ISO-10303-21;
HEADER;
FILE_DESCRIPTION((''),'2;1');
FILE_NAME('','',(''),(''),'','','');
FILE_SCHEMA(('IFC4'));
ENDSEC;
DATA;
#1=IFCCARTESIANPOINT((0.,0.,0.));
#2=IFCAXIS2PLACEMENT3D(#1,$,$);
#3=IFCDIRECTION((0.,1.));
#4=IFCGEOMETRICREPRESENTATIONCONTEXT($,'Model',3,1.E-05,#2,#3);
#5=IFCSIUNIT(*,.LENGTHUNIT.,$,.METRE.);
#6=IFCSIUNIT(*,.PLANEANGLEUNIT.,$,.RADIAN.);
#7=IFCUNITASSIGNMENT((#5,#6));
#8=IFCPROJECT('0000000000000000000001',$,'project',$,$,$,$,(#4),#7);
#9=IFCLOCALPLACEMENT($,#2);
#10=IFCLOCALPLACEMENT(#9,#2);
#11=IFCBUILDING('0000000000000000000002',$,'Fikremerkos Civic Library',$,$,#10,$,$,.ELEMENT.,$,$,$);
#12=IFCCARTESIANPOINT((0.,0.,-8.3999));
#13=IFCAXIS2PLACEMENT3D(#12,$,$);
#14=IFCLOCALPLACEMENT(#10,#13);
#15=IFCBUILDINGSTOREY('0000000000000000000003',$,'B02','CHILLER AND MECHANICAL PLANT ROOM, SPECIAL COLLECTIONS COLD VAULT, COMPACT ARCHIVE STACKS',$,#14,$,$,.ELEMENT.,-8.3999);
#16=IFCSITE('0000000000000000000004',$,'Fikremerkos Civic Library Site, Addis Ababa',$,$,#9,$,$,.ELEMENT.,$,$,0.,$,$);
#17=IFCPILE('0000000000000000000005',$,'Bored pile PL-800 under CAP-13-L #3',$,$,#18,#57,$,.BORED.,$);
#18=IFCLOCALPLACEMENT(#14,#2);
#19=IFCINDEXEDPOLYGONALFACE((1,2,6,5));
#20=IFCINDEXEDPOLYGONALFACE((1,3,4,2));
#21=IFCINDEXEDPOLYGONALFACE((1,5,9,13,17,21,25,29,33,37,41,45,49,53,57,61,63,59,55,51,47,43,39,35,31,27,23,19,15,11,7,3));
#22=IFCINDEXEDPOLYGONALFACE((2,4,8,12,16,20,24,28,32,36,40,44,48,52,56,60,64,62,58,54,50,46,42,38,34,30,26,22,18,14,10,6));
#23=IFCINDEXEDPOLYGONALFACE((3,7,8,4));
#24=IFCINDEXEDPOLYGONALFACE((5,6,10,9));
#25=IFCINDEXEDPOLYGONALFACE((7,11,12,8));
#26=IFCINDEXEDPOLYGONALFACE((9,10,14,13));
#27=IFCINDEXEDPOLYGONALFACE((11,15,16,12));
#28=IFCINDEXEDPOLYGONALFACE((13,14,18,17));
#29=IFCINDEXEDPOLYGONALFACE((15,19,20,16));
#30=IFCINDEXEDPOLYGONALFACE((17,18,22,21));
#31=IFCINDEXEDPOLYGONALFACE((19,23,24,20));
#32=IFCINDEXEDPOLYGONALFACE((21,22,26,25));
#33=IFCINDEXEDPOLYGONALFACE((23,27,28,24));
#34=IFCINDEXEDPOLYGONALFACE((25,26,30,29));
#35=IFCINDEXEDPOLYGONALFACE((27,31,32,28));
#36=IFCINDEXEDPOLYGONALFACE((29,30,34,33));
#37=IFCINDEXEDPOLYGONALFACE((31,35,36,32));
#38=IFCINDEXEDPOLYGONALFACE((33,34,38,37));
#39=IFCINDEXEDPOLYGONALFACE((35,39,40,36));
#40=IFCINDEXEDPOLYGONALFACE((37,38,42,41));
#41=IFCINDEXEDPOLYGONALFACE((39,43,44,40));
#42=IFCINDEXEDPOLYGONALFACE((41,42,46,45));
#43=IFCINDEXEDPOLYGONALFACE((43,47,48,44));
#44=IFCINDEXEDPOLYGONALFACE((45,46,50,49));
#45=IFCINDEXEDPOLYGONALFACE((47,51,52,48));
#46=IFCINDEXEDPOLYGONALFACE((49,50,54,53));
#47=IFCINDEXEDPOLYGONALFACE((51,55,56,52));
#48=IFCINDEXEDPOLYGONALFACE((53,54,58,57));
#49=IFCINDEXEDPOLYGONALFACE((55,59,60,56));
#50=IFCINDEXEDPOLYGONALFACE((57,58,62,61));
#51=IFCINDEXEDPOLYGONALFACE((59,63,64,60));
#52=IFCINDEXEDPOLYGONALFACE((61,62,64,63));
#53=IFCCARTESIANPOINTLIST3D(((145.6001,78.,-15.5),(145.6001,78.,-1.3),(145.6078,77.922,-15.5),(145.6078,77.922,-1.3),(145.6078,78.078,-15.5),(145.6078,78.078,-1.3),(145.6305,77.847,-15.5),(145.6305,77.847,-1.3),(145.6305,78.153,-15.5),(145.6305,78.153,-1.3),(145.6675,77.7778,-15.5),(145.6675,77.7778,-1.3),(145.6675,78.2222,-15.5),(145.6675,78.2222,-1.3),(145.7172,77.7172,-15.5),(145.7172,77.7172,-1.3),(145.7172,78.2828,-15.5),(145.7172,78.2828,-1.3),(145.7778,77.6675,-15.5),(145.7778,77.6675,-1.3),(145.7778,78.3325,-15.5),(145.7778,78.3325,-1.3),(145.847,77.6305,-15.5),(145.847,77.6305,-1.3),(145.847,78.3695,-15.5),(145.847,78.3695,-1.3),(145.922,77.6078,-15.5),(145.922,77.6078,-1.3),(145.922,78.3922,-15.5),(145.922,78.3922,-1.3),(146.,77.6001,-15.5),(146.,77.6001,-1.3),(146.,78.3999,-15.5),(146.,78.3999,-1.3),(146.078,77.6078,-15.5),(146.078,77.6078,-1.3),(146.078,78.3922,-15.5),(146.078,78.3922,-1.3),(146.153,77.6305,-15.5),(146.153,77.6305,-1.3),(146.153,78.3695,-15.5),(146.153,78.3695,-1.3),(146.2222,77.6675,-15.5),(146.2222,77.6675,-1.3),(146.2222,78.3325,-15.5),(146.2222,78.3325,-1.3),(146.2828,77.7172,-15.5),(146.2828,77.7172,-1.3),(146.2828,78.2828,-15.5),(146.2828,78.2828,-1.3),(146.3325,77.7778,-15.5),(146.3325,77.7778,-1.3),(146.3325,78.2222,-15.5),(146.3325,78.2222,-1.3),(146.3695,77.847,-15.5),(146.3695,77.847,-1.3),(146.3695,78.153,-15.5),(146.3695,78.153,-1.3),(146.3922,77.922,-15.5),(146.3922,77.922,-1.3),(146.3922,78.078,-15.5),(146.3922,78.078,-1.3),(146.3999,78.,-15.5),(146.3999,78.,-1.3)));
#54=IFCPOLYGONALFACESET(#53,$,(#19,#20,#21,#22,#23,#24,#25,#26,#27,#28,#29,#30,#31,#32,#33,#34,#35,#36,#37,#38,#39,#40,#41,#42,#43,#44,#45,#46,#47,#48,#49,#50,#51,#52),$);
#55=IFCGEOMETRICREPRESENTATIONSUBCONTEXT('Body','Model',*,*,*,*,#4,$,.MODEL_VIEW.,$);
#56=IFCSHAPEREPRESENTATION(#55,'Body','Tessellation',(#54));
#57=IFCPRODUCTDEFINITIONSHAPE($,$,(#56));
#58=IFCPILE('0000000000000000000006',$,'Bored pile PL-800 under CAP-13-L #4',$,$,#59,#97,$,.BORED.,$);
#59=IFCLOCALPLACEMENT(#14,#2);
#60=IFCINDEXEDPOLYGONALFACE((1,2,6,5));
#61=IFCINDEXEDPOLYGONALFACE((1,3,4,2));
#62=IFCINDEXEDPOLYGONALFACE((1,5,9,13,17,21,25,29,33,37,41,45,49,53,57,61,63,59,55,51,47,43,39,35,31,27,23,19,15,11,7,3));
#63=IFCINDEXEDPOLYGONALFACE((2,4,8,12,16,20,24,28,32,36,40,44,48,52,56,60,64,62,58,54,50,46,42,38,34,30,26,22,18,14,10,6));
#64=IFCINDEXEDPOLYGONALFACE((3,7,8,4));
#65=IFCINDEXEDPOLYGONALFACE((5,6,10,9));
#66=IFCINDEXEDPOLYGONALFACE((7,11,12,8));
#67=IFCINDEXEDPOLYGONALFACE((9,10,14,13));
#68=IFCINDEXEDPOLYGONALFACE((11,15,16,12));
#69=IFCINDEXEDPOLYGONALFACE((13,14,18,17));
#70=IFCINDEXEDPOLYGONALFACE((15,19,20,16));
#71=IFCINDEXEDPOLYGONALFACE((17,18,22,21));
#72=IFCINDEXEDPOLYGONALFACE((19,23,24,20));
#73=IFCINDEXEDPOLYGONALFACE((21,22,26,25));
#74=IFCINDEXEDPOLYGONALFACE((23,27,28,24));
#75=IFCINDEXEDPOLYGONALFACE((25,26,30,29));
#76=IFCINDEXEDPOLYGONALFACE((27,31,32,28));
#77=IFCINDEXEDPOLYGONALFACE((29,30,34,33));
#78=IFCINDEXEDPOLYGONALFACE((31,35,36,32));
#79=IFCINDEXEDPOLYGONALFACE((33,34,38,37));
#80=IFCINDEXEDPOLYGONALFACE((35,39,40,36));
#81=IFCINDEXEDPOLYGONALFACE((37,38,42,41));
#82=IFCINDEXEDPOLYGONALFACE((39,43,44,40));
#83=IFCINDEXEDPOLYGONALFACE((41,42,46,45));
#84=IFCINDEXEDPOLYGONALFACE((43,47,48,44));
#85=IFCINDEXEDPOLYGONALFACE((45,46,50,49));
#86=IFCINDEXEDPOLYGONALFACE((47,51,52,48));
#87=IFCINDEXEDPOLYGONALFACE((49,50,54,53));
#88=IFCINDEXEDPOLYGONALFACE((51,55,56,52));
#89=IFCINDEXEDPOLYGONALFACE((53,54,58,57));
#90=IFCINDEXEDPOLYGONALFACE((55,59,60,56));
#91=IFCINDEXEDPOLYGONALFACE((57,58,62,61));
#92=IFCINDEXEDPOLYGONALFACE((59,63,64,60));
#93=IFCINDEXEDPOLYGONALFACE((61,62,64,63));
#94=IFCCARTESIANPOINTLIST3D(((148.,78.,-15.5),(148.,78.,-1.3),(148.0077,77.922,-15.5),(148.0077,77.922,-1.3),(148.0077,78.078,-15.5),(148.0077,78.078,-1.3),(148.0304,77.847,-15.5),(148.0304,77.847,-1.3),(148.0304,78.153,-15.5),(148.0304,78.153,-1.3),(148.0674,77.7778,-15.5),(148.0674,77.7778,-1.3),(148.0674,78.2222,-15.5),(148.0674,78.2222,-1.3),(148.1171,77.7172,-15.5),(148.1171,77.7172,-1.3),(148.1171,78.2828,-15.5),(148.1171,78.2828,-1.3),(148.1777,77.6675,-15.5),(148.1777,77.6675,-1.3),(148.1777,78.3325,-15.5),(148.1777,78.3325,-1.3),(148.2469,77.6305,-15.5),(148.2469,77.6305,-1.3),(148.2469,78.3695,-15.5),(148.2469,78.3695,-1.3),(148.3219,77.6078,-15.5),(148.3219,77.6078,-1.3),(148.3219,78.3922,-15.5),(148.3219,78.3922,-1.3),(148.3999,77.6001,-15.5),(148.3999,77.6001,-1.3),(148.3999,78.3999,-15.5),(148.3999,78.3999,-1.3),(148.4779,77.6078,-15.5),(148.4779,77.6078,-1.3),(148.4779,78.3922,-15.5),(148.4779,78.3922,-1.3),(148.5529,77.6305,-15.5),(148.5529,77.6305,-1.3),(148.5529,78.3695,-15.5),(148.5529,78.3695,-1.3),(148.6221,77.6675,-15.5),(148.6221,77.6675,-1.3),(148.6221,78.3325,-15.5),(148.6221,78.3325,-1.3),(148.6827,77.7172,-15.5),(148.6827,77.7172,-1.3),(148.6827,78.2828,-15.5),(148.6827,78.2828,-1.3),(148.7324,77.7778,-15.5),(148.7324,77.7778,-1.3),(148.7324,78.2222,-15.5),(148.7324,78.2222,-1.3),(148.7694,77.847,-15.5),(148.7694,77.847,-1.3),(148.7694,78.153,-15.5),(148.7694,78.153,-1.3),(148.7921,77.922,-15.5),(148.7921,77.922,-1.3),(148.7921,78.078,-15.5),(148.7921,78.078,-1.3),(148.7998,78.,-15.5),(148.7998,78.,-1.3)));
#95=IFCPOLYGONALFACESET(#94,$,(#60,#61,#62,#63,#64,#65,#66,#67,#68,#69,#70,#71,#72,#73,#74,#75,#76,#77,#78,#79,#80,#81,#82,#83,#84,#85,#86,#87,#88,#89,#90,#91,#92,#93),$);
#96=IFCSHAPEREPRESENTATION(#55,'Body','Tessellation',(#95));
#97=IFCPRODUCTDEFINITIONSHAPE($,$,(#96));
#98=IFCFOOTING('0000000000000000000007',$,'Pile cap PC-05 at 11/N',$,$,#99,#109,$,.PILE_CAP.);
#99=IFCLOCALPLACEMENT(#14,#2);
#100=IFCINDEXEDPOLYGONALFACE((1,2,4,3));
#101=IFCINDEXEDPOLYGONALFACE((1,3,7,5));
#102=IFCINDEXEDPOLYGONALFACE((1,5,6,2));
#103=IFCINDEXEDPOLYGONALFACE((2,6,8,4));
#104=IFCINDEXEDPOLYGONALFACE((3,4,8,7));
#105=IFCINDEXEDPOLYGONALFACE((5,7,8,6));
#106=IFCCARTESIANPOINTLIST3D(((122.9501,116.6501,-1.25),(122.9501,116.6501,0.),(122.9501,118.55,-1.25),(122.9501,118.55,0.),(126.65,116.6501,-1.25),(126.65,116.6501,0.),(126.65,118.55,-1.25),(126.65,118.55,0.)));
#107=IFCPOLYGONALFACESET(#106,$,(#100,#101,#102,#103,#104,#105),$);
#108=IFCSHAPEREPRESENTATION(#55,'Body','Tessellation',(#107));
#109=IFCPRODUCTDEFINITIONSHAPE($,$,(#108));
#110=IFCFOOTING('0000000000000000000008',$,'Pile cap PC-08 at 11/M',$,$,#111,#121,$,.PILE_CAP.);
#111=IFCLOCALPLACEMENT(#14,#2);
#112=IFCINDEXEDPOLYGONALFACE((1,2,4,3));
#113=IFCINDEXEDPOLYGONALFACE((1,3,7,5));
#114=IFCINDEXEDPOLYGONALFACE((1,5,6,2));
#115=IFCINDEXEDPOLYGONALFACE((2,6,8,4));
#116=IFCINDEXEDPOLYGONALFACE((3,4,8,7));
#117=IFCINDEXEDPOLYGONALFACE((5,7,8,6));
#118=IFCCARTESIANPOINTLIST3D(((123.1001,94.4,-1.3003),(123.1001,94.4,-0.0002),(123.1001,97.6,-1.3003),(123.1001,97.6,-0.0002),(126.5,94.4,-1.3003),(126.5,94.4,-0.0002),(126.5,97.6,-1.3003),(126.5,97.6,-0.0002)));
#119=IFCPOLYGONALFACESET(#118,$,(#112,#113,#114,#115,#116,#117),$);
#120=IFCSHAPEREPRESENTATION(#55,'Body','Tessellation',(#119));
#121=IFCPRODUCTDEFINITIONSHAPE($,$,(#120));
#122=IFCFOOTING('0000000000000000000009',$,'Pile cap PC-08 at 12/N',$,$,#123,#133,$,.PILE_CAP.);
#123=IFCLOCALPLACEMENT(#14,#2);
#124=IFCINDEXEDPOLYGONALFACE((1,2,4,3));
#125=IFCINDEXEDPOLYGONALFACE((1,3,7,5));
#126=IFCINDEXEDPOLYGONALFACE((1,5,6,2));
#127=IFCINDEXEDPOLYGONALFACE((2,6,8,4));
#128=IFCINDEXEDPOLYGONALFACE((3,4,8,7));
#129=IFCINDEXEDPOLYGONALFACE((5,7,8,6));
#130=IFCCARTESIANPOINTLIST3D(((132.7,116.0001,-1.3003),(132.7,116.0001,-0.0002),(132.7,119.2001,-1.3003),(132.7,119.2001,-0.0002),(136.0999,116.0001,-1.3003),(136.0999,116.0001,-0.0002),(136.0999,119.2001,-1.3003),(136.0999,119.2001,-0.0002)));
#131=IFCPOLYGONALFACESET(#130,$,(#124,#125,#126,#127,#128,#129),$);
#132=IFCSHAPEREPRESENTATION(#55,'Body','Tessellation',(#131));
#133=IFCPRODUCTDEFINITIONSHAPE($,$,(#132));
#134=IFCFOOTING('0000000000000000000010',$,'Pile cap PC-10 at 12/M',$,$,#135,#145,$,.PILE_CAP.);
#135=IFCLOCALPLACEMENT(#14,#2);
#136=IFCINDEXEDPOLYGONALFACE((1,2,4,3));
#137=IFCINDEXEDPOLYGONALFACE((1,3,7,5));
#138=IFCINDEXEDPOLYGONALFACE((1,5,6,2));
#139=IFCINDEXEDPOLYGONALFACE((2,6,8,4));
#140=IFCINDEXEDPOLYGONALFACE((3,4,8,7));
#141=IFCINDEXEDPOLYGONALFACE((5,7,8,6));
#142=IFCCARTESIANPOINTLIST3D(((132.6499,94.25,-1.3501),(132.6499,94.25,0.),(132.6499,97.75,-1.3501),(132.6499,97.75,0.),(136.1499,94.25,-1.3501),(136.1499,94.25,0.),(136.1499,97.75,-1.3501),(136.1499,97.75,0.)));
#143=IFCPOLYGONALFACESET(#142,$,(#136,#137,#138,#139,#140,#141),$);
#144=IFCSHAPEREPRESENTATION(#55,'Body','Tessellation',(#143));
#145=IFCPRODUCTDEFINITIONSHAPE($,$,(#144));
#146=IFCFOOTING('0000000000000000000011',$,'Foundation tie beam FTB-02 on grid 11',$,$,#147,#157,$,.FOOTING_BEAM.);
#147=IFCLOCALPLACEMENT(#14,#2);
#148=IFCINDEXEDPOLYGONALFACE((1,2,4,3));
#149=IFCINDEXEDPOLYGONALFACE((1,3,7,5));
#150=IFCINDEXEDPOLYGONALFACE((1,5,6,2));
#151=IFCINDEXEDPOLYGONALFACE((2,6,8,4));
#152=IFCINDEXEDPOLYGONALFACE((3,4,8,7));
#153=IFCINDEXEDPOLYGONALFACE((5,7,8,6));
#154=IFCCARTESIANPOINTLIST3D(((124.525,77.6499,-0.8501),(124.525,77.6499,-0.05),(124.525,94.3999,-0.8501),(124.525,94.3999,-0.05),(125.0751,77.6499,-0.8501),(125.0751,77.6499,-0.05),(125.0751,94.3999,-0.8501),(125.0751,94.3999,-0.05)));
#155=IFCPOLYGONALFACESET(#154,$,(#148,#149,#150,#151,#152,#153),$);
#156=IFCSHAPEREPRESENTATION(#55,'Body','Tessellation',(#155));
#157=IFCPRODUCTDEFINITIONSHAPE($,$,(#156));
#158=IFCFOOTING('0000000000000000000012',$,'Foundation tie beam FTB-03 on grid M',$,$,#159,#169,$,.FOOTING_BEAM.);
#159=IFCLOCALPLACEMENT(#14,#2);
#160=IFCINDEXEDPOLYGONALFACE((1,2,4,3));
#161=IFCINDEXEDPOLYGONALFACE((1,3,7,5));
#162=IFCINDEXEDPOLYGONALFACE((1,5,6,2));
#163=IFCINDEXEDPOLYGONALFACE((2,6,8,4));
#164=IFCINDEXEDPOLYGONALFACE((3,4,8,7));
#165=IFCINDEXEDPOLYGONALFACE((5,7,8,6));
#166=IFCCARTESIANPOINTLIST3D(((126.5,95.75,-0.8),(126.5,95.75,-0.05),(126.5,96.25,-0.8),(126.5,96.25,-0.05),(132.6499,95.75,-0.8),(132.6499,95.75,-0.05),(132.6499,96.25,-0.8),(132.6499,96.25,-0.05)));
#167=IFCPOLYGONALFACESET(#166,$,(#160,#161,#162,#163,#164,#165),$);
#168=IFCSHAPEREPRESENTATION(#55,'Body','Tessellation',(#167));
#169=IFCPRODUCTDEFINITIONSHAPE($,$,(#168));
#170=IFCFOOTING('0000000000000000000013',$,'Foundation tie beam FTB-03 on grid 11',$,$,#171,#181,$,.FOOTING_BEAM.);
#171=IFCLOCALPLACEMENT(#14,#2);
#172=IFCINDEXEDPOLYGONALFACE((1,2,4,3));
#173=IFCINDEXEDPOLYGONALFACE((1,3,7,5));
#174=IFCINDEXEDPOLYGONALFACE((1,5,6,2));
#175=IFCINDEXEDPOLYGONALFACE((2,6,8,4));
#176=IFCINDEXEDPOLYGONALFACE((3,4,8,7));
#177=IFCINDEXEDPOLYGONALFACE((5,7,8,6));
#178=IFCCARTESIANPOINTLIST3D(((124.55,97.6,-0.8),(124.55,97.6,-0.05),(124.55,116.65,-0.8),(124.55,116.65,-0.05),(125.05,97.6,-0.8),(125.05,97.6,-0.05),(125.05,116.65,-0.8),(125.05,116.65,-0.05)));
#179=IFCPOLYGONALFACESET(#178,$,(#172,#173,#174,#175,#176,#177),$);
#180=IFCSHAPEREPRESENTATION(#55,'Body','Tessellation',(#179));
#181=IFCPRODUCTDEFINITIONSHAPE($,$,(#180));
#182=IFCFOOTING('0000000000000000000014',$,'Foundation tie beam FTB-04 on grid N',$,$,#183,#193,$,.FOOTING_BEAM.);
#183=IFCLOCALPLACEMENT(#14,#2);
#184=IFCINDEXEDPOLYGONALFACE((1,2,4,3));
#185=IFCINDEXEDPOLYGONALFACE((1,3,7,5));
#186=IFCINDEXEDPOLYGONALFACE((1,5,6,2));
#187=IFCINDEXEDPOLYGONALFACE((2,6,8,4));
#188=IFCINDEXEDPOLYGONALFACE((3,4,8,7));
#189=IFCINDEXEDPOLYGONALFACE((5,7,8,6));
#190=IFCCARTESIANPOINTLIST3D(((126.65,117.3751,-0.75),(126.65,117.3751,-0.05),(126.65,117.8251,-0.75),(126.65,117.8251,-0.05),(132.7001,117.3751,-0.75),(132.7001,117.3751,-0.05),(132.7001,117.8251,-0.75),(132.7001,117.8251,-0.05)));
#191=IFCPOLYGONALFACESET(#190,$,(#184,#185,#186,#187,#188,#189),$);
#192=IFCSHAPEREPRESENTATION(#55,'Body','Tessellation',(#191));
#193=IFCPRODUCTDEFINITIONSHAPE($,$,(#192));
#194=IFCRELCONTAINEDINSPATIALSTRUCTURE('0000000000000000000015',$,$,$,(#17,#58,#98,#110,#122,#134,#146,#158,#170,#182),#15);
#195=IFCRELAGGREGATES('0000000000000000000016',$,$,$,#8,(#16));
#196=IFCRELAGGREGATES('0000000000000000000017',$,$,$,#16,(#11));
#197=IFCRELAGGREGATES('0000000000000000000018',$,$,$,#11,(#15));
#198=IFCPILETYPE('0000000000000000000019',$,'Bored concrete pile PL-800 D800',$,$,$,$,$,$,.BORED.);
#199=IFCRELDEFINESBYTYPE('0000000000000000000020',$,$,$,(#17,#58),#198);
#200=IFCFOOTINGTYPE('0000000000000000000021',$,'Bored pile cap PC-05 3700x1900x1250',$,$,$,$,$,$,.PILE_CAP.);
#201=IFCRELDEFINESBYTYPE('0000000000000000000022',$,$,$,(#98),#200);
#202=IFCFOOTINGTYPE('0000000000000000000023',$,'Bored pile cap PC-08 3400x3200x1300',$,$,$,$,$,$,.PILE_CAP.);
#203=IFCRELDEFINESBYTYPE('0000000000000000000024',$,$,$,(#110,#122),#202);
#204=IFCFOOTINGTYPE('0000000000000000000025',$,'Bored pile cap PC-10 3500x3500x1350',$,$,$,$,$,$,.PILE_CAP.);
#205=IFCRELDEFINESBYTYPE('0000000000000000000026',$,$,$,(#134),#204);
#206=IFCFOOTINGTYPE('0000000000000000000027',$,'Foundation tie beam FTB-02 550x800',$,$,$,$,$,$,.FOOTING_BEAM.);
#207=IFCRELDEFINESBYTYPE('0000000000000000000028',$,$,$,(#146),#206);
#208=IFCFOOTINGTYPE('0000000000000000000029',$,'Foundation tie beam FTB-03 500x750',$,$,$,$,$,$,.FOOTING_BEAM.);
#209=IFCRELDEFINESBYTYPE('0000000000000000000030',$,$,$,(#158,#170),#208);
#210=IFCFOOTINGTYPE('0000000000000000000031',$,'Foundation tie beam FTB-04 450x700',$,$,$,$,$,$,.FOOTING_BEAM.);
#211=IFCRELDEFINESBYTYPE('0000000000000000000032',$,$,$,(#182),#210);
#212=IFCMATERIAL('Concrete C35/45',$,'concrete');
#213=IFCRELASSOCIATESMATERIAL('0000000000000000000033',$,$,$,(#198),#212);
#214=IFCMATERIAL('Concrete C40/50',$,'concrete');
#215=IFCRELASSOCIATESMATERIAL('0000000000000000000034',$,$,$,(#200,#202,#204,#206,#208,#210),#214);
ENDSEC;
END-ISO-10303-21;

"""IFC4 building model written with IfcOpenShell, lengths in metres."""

from ifc_helpers import new_model, si_unit, direction, frame, origin, origin_2d, place, context, subcontext, project, spatial, rectangle, circle, extrude, material, material_profile, profile_set, type_object, element, save


model = new_model("IFC4")

# Units and contexts
model_context = context("Model", 3, precision=1e-05, world=origin(), true_north=direction((0.0, 1.0)))
body_context = subcontext(model_context, "Body", "Model", "MODEL_VIEW")
ifc_project = project(units=[si_unit("LENGTHUNIT", "METRE"), si_unit("PLANEANGLEUNIT", "RADIAN")], contexts=[model_context])

# Site, building, storey
site_placement = place(None, origin())
site = spatial("IfcSite", under=ifc_project, at=site_placement, Name="Fikremerkos Civic Library Site, Addis Ababa", CompositionType="ELEMENT", RefElevation=0.0)
building_placement = place(site_placement, origin())
building = spatial("IfcBuilding", under=site, at=building_placement, Name="Fikremerkos Civic Library", CompositionType="ELEMENT")
storey_placement = place(building_placement, frame((0.0, 0.0, -8.3999)))
storey = spatial("IfcBuildingStorey", under=building, at=storey_placement, Name="B02", Description="CHILLER AND MECHANICAL PLANT ROOM, SPECIAL COLLECTIONS COLD VAULT, COMPACT ARCHIVE STACKS", CompositionType="ELEMENT", Elevation=-8.3999)

# Piles
ifc_material_1 = material(Name="Concrete C35/45", Category="concrete")
ifc_material_profile_1 = material_profile(ifc_material_1, circle(Radius=0.3999, at=origin_2d()), Name="BORED PILE 800")
ifc_profile_set_1 = profile_set([ifc_material_profile_1], Name="Concrete C35/45")
pile_type_1 = type_object("IfcPileType", Name="Bored concrete pile PL-800 D800", PredefinedType="BORED", material=ifc_profile_set_1)
for number, where, z_axis, x_axis, name in (
    (1, (146.0, 78.0, -1.3), (0.0, 0.0, -1.0), (1.0, 0.0, 0.0), "Bored pile PL-800 under CAP-13-L #3"),
    (2, (148.3999, 78.0, -1.3), (0.0, 0.0, -1.0), (1.0, 0.0, 0.0), "Bored pile PL-800 under CAP-13-L #4"),
):
    element("IfcPile", number, at=place(storey_placement, frame(where, z_axis=z_axis, x_axis=x_axis)), inside=storey, type_object=pile_type_1, Name=name, PredefinedType="BORED", context=body_context, shape_type="SweptSolid", body=[
        extrude(circle(Radius=0.3999, at=origin_2d()), origin(), (0.0, 0.0, 1.0), 14.2),
    ])

# Footings
ifc_material_2 = material(Name="Concrete C40/50", Category="concrete")
footing_type_1 = type_object("IfcFootingType", Name="Bored pile cap PC-05 3700x1900x1250", PredefinedType="PILE_CAP", material=ifc_material_2)
footing_1_placement = place(storey_placement, frame((124.8, 117.6001, -1.25), z_axis=(0.0, 0.0, 1.0), x_axis=(1.0, 0.0, 0.0)))
element("IfcFooting", 3, at=footing_1_placement, inside=storey, type_object=footing_type_1, Name="Pile cap PC-05 at 11/N", PredefinedType="PILE_CAP", context=body_context, shape_type="SweptSolid", body=[
    extrude(rectangle(XDim=3.7, YDim=1.8999, at=origin_2d()), origin(), (0.0, 0.0, 1.0), 1.25),
])
footing_type_2 = type_object("IfcFootingType", Name="Bored pile cap PC-08 3400x3200x1300", PredefinedType="PILE_CAP", material=ifc_material_2)
for number, where, z_axis, x_axis, name in (
    (4, (124.8, 96.0, -1.3003), (0.0, 0.0, 1.0), (1.0, 0.0, 0.0), "Pile cap PC-08 at 11/M"),
    (5, (134.3999, 117.6001, -1.3003), (0.0, 0.0, 1.0), (1.0, 0.0, 0.0), "Pile cap PC-08 at 12/N"),
):
    element("IfcFooting", number, at=place(storey_placement, frame(where, z_axis=z_axis, x_axis=x_axis)), inside=storey, type_object=footing_type_2, Name=name, PredefinedType="PILE_CAP", context=body_context, shape_type="SweptSolid", body=[
        extrude(rectangle(XDim=3.3999, YDim=3.2, at=origin_2d()), origin(), (0.0, 0.0, 1.0), 1.3),
    ])
footing_type_3 = type_object("IfcFootingType", Name="Bored pile cap PC-10 3500x3500x1350", PredefinedType="PILE_CAP", material=ifc_material_2)
footing_2_placement = place(storey_placement, frame((134.3999, 96.0, -1.3501), z_axis=(0.0, 0.0, 1.0), x_axis=(1.0, 0.0, 0.0)))
element("IfcFooting", 6, at=footing_2_placement, inside=storey, type_object=footing_type_3, Name="Pile cap PC-10 at 12/M", PredefinedType="PILE_CAP", context=body_context, shape_type="SweptSolid", body=[
    extrude(rectangle(XDim=3.5, YDim=3.5, at=origin_2d()), origin(), (0.0, 0.0, 1.0), 1.3501),
])
footing_type_4 = type_object("IfcFootingType", Name="Foundation tie beam FTB-02 550x800", PredefinedType="FOOTING_BEAM", material=ifc_material_2)
footing_3_placement = place(storey_placement, frame((124.8, 86.0249, -0.8501), z_axis=(0.0, 0.0, 1.0), x_axis=(0.0, 1.0, 0.0)))
element("IfcFooting", 7, at=footing_3_placement, inside=storey, type_object=footing_type_4, Name="Foundation tie beam FTB-02 on grid 11", PredefinedType="FOOTING_BEAM", context=body_context, shape_type="SweptSolid", body=[
    extrude(rectangle(XDim=16.75, YDim=0.55, at=origin_2d()), origin(), (0.0, 0.0, 1.0), 0.8),
])
footing_type_5 = type_object("IfcFootingType", Name="Foundation tie beam FTB-03 500x750", PredefinedType="FOOTING_BEAM", material=ifc_material_2)
footing_4_placement = place(storey_placement, frame((129.575, 96.0, -0.8), z_axis=(0.0, 0.0, 1.0), x_axis=(1.0, 0.0, 0.0)))
element("IfcFooting", 8, at=footing_4_placement, inside=storey, type_object=footing_type_5, Name="Foundation tie beam FTB-03 on grid M", PredefinedType="FOOTING_BEAM", context=body_context, shape_type="SweptSolid", body=[
    extrude(rectangle(XDim=6.1499, YDim=0.5, at=origin_2d()), origin(), (0.0, 0.0, 1.0), 0.75),
])
footing_5_placement = place(storey_placement, frame((124.8, 107.125, -0.8), z_axis=(0.0, 0.0, 1.0), x_axis=(0.0, 1.0, 0.0)))
element("IfcFooting", 9, at=footing_5_placement, inside=storey, type_object=footing_type_5, Name="Foundation tie beam FTB-03 on grid 11", PredefinedType="FOOTING_BEAM", context=body_context, shape_type="SweptSolid", body=[
    extrude(rectangle(XDim=19.05, YDim=0.5, at=origin_2d()), origin(), (0.0, 0.0, 1.0), 0.75),
])
footing_type_6 = type_object("IfcFootingType", Name="Foundation tie beam FTB-04 450x700", PredefinedType="FOOTING_BEAM", material=ifc_material_2)
footing_6_placement = place(storey_placement, frame((129.675, 117.6001, -0.75), z_axis=(0.0, 0.0, 1.0), x_axis=(1.0, 0.0, 0.0)))
element("IfcFooting", 10, at=footing_6_placement, inside=storey, type_object=footing_type_6, Name="Foundation tie beam FTB-04 on grid N", PredefinedType="FOOTING_BEAM", context=body_context, shape_type="SweptSolid", body=[
    extrude(rectangle(XDim=6.05, YDim=0.45, at=origin_2d()), origin(), (0.0, 0.0, 1.0), 0.7),
])

save(model, "model.ifc")
